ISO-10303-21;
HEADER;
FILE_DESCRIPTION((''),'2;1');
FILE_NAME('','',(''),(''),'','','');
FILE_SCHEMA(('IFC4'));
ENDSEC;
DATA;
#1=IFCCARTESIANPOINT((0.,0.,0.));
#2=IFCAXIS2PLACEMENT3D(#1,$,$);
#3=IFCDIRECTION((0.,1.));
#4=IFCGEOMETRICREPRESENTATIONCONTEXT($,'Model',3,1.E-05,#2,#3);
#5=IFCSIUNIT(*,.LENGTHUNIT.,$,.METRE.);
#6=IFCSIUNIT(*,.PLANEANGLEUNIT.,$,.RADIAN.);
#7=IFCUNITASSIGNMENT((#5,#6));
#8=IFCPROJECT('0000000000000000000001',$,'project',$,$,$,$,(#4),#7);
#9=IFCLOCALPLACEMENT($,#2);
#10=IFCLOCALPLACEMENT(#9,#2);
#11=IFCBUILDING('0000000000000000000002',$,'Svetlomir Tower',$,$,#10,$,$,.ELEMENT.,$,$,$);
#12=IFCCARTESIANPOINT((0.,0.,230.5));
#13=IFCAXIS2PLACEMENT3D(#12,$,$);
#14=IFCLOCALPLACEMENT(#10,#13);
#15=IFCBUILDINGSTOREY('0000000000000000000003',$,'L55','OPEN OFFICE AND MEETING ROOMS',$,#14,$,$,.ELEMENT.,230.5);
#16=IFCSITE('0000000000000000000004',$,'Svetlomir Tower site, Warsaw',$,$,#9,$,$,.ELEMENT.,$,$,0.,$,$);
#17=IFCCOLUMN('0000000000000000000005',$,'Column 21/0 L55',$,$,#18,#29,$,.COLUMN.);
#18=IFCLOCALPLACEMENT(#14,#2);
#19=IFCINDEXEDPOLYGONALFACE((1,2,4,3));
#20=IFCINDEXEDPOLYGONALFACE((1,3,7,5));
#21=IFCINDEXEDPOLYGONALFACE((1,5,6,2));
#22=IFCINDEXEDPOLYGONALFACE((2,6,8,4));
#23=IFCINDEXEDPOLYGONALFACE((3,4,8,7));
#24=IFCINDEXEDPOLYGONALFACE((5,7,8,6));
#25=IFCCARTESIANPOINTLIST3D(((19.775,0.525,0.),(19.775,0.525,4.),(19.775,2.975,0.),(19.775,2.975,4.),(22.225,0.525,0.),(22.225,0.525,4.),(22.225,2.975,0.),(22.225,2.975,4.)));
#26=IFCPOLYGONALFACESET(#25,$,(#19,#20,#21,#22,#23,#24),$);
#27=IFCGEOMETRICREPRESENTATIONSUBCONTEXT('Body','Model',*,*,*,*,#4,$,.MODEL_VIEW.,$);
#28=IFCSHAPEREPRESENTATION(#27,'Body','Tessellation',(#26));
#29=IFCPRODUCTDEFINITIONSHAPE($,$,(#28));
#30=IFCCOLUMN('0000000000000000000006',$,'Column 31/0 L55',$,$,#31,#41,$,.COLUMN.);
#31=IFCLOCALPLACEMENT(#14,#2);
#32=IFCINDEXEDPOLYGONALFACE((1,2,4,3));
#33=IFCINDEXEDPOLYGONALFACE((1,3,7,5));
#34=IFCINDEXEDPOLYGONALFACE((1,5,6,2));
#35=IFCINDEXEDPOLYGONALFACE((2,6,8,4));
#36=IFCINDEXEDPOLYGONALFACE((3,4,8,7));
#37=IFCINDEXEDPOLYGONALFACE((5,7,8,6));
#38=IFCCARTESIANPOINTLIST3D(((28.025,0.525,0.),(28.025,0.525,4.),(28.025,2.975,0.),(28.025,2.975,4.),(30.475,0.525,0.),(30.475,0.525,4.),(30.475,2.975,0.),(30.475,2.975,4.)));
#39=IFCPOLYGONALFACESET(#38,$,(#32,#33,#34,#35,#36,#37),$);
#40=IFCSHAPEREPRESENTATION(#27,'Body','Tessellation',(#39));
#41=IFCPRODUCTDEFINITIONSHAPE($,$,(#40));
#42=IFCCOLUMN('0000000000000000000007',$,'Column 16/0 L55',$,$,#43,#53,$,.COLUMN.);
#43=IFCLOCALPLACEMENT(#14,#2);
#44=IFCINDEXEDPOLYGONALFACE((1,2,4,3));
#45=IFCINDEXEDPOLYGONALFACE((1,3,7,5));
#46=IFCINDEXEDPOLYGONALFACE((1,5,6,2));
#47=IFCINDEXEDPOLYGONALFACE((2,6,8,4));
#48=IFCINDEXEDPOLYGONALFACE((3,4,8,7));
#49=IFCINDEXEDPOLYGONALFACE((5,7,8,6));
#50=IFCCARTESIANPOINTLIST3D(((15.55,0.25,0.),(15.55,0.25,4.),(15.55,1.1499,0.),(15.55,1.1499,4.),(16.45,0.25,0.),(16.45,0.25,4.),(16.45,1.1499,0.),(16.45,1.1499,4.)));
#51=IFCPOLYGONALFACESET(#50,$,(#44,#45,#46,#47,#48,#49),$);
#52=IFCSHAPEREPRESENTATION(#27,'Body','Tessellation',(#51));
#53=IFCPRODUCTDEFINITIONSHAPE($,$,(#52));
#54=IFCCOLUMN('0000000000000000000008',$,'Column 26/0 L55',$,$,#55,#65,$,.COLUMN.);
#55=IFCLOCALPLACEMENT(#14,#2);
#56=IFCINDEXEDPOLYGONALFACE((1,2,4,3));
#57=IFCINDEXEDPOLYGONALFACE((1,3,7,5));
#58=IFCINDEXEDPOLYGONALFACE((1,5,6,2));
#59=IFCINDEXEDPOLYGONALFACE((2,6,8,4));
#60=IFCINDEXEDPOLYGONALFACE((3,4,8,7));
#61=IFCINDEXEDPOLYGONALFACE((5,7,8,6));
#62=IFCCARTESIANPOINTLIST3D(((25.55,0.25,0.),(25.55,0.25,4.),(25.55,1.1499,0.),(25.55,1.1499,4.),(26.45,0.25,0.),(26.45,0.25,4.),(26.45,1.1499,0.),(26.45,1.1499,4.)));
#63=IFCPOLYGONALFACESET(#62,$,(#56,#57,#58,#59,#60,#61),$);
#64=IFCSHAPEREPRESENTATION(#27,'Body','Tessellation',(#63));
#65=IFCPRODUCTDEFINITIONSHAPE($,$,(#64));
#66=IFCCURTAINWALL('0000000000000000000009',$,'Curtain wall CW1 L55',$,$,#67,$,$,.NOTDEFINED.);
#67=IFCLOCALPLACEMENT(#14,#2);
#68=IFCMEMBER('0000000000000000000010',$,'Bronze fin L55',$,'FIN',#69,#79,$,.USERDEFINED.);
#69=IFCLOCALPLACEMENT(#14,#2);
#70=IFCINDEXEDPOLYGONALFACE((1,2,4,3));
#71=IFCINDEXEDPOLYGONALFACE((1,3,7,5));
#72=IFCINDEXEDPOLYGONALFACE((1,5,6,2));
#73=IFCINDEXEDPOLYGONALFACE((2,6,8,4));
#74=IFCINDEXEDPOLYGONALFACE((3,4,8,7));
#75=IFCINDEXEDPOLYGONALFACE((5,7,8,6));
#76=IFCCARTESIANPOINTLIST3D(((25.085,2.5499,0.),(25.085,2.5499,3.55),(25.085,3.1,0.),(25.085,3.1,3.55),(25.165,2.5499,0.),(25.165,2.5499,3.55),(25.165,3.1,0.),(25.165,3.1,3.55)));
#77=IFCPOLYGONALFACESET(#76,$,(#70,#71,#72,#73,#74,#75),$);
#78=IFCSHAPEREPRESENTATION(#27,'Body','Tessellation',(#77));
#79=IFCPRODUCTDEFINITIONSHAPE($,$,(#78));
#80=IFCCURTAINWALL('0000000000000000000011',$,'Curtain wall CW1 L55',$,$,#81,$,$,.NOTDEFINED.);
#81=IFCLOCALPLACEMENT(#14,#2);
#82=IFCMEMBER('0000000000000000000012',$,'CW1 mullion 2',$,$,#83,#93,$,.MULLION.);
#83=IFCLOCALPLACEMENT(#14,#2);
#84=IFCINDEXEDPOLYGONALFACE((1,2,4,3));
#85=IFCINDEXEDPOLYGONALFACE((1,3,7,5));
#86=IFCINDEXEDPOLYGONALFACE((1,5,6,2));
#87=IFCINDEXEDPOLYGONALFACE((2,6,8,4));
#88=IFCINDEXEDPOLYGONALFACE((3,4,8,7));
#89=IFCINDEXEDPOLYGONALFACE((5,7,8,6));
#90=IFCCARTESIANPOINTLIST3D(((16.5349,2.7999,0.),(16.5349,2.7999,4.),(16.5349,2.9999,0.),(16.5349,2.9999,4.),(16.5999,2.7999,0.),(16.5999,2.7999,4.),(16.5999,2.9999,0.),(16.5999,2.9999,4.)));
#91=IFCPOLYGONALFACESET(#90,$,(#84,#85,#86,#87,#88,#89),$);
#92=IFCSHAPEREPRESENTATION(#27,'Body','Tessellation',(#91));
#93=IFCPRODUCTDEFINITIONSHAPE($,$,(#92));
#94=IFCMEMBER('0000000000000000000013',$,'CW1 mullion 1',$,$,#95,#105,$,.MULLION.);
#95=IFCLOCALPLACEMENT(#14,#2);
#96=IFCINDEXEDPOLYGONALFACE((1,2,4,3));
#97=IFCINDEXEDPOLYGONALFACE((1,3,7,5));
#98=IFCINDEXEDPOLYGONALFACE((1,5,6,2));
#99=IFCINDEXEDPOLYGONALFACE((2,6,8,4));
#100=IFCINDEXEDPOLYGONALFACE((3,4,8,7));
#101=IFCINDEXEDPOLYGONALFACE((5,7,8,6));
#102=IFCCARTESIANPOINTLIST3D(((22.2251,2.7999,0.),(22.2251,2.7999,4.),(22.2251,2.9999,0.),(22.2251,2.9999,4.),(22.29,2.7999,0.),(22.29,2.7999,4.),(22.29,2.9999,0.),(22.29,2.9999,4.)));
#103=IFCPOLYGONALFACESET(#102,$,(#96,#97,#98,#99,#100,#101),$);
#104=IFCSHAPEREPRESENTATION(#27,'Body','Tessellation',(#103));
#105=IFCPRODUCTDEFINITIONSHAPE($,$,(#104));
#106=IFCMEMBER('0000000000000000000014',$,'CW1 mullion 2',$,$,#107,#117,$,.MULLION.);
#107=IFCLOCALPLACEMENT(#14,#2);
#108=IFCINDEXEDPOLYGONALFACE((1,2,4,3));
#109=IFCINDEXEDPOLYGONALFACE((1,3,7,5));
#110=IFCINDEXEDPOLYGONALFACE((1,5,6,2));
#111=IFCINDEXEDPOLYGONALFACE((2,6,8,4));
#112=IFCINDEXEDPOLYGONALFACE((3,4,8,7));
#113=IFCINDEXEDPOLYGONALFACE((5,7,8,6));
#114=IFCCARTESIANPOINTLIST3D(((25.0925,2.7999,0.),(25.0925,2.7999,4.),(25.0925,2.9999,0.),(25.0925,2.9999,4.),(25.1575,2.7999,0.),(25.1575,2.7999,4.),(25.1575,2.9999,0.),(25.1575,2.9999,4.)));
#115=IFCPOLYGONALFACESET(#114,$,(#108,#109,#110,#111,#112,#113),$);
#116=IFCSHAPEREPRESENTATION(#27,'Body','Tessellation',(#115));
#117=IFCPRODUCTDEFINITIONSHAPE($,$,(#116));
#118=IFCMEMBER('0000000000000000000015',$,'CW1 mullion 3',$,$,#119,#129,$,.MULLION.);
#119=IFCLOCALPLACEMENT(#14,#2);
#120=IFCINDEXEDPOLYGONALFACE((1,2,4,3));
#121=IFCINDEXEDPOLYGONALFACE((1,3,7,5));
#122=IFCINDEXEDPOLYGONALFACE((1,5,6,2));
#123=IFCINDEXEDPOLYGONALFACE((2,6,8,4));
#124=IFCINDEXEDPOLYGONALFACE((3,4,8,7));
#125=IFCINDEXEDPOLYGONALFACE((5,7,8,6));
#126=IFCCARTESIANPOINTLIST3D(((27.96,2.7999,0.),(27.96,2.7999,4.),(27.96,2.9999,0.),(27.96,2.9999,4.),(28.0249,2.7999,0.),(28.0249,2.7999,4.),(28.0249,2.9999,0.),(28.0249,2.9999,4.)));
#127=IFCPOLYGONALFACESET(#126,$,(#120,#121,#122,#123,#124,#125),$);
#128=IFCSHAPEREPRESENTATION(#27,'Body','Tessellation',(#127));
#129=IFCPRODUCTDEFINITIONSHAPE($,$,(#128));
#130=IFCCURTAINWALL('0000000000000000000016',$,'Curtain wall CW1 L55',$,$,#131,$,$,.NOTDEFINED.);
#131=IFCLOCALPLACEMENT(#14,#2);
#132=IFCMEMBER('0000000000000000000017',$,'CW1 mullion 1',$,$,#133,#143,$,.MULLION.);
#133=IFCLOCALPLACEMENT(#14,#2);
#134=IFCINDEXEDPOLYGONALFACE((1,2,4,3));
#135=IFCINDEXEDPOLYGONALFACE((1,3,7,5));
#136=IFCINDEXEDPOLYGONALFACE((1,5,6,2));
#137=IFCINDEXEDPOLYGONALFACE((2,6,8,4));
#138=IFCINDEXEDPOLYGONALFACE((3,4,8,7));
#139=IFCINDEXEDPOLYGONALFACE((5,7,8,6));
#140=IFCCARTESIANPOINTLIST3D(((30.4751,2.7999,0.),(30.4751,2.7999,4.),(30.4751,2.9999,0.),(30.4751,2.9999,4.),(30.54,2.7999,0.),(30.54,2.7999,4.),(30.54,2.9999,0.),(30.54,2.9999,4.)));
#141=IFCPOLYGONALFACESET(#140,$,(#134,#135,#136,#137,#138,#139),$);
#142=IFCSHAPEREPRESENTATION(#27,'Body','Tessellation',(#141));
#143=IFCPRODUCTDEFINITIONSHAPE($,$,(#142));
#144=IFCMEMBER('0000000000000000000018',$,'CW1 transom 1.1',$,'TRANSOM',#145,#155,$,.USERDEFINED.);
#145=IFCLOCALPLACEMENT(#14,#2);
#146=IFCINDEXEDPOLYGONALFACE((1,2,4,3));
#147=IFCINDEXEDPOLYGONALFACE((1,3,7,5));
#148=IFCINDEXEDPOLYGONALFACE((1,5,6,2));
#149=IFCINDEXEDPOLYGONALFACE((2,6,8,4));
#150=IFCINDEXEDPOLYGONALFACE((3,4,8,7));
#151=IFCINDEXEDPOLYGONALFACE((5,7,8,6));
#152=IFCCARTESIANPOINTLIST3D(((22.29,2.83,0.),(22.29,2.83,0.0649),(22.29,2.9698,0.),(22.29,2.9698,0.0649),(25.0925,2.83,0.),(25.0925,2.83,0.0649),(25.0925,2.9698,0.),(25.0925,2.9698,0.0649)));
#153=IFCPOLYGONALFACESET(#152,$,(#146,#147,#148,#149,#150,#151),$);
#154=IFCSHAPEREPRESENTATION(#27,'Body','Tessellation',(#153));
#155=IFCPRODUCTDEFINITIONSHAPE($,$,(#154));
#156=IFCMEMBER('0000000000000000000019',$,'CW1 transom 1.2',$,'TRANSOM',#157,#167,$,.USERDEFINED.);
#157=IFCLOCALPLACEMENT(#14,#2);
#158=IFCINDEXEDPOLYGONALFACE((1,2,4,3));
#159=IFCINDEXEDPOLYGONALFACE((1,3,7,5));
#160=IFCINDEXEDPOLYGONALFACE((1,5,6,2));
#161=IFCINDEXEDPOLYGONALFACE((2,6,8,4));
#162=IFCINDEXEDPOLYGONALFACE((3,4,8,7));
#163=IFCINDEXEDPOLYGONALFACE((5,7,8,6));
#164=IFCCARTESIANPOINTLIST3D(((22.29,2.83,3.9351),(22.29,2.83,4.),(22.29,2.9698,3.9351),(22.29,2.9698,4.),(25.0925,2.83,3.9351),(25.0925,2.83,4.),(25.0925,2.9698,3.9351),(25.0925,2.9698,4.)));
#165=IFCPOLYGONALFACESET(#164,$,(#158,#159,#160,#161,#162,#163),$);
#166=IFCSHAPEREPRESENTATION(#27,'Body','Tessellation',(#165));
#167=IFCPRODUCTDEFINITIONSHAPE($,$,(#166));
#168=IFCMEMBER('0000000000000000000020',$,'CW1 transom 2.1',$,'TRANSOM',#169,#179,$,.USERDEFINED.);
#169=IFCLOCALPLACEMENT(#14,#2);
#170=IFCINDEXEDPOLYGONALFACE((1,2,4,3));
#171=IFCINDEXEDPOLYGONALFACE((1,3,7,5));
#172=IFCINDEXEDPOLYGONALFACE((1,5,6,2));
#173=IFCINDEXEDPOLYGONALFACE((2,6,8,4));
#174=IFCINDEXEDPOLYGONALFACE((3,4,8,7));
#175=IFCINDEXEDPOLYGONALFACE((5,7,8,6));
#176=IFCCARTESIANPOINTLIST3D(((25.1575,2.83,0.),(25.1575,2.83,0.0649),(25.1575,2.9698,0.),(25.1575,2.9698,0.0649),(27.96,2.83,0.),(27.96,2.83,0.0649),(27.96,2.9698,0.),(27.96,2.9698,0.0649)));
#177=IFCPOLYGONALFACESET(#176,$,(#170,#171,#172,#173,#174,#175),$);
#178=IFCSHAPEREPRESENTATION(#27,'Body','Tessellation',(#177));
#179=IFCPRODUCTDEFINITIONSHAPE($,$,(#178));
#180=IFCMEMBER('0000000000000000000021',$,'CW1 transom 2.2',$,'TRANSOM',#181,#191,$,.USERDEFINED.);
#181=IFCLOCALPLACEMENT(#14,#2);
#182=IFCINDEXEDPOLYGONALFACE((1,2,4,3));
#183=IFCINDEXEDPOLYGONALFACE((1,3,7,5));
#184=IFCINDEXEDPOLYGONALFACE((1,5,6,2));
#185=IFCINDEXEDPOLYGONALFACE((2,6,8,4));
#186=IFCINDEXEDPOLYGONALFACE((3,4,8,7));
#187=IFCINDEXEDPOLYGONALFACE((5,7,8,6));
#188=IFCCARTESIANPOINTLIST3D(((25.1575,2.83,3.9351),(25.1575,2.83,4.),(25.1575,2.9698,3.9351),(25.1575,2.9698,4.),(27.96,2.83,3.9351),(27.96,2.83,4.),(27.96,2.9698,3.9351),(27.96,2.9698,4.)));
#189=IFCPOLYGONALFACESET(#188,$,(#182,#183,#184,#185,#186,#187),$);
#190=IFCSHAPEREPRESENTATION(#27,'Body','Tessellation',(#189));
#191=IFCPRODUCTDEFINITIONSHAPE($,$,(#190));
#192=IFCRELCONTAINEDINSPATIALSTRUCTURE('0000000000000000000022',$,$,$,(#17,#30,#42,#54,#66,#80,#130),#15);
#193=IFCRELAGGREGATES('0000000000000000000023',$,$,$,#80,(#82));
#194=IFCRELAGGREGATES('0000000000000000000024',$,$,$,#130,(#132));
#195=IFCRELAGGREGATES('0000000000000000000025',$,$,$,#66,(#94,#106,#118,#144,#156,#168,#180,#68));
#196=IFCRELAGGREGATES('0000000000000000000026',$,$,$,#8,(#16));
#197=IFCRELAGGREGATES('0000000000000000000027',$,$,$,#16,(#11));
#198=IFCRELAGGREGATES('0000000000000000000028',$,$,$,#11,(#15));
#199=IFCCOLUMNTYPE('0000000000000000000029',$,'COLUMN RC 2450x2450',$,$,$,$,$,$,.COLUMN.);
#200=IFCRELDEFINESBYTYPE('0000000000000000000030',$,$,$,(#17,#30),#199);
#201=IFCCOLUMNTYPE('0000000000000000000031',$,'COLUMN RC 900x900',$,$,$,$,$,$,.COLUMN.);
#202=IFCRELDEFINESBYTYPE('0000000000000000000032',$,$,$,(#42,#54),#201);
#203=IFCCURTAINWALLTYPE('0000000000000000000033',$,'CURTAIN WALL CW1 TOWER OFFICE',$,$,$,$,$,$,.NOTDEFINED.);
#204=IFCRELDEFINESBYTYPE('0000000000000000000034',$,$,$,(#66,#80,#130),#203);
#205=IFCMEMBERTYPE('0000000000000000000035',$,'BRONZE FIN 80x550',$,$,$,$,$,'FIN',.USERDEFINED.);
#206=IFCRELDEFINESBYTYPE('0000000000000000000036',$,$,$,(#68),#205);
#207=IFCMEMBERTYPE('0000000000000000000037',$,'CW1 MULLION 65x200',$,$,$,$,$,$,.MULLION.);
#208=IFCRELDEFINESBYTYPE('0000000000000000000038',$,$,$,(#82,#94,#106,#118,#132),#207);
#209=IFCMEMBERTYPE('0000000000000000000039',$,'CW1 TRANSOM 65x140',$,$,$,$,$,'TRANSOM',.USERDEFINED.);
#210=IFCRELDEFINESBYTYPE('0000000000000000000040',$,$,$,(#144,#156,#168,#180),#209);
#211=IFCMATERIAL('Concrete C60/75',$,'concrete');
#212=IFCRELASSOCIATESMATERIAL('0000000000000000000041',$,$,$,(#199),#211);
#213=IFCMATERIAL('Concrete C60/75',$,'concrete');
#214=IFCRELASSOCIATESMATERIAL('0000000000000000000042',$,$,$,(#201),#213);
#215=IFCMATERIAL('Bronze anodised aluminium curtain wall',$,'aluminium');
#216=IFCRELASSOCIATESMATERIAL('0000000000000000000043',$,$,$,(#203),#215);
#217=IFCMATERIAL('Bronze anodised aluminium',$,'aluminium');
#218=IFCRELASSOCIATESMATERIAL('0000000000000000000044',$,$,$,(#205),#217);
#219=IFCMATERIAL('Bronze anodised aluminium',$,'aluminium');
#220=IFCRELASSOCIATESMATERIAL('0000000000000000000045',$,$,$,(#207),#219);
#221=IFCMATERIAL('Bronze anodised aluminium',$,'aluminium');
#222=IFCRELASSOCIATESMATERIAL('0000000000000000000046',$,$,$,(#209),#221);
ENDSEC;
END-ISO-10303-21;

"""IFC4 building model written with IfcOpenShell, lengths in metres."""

from ifc_helpers import new_model, si_unit, direction, frame, origin, origin_2d, place, context, subcontext, project, spatial, rectangle, extrude, material, material_profile, profile_set, type_object, element, aggregate, save


model = new_model("IFC4")

# Units and contexts
model_context = context("Model", 3, precision=1e-05, world=origin(), true_north=direction((0.0, 1.0)))
body_context = subcontext(model_context, "Body", "Model", "MODEL_VIEW")
ifc_project = project(units=[si_unit("LENGTHUNIT", "METRE"), si_unit("PLANEANGLEUNIT", "RADIAN")], contexts=[model_context])

# Site, building, storey
site_placement = place(None, origin())
site = spatial("IfcSite", under=ifc_project, at=site_placement, Name="Svetlomir Tower site, Warsaw", CompositionType="ELEMENT", RefElevation=0.0)
building_placement = place(site_placement, origin())
building = spatial("IfcBuilding", under=site, at=building_placement, Name="Svetlomir Tower", CompositionType="ELEMENT")
storey_placement = place(building_placement, frame((0.0, 0.0, 230.5)))
storey = spatial("IfcBuildingStorey", under=building, at=storey_placement, Name="L55", Description="OPEN OFFICE AND MEETING ROOMS", CompositionType="ELEMENT", Elevation=230.5)

# Columns
ifc_material_1 = material(Name="Concrete C60/75", Category="concrete")
ifc_material_profile_1 = material_profile(ifc_material_1, rectangle(XDim=2.45, YDim=2.45, at=origin_2d()), Name="RC 2450x2450")
ifc_profile_set_1 = profile_set([ifc_material_profile_1], Name="Concrete C60/75")
column_type_1 = type_object("IfcColumnType", Name="COLUMN RC 2450x2450", PredefinedType="COLUMN", material=ifc_profile_set_1)
for number, where, z_axis, x_axis, name in (
    (1, (21.0, 1.75, 0.0), (0.0, 0.0, 1.0), (1.0, 0.0, 0.0), "Column 21/0 L55"),
    (2, (29.25, 1.75, 0.0), (0.0, 0.0, 1.0), (1.0, 0.0, 0.0), "Column 31/0 L55"),
):
    element("IfcColumn", number, at=place(storey_placement, frame(where, z_axis=z_axis, x_axis=x_axis)), inside=storey, type_object=column_type_1, Name=name, PredefinedType="COLUMN", context=body_context, shape_type="SweptSolid", body=[
        extrude(rectangle(XDim=2.45, YDim=2.45, at=origin_2d()), origin(), (0.0, 0.0, 1.0), 4.0),
    ])
ifc_material_2 = material(Name="Concrete C60/75", Category="concrete")
ifc_material_profile_2 = material_profile(ifc_material_2, rectangle(XDim=0.8999, YDim=0.8999, at=origin_2d()), Name="RC 900x900")
ifc_profile_set_2 = profile_set([ifc_material_profile_2], Name="Concrete C60/75")
column_type_2 = type_object("IfcColumnType", Name="COLUMN RC 900x900", PredefinedType="COLUMN", material=ifc_profile_set_2)
for number, where, z_axis, x_axis, name in (
    (3, (16.0, 0.7, 0.0), (0.0, 0.0, 1.0), (1.0, 0.0, 0.0), "Column 16/0 L55"),
    (4, (26.0, 0.7, 0.0), (0.0, 0.0, 1.0), (1.0, 0.0, 0.0), "Column 26/0 L55"),
):
    element("IfcColumn", number, at=place(storey_placement, frame(where, z_axis=z_axis, x_axis=x_axis)), inside=storey, type_object=column_type_2, Name=name, PredefinedType="COLUMN", context=body_context, shape_type="SweptSolid", body=[
        extrude(rectangle(XDim=0.8999, YDim=0.8999, at=origin_2d()), origin(), (0.0, 0.0, 1.0), 4.0),
    ])

# Curtain walls, members
ifc_material_3 = material(Name="Bronze anodised aluminium curtain wall", Category="aluminium")
curtain_wall_type = type_object("IfcCurtainWallType", Name="CURTAIN WALL CW1 TOWER OFFICE", PredefinedType="NOTDEFINED", material=ifc_material_3)
curtain_wall_1_placement = place(storey_placement, origin())
curtain_wall_1 = element("IfcCurtainWall", 5, at=curtain_wall_1_placement, inside=storey, type_object=curtain_wall_type, Name="Curtain wall CW1 L55", PredefinedType="NOTDEFINED")
ifc_material_4 = material(Name="Bronze anodised aluminium", Category="aluminium")
ifc_material_profile_3 = material_profile(ifc_material_4, rectangle(XDim=0.0801, YDim=0.55, at=origin_2d()), Name="FIN 80x550")
ifc_profile_set_3 = profile_set([ifc_material_profile_3], Name="Bronze anodised aluminium 6063-T6")
member_type_1 = type_object("IfcMemberType", Name="BRONZE FIN 80x550", ElementType="FIN", PredefinedType="USERDEFINED", material=ifc_profile_set_3)
member_1_placement = place(storey_placement, frame((25.125, 2.825, 0.0), z_axis=(0.0, 0.0, 1.0), x_axis=(1.0, 0.0, 0.0)))
member_1 = element("IfcMember", 6, at=member_1_placement, type_object=member_type_1, Name="Bronze fin L55", ObjectType="FIN", PredefinedType="USERDEFINED", context=body_context, shape_type="SweptSolid", body=[
    extrude(rectangle(XDim=0.0801, YDim=0.55, at=origin_2d()), origin(), (0.0, 0.0, 1.0), 3.55),
])
curtain_wall_2_placement = place(storey_placement, origin())
curtain_wall_2 = element("IfcCurtainWall", 7, at=curtain_wall_2_placement, inside=storey, type_object=curtain_wall_type, Name="Curtain wall CW1 L55", PredefinedType="NOTDEFINED")
ifc_material_5 = material(Name="Bronze anodised aluminium", Category="aluminium")
ifc_material_profile_4 = material_profile(ifc_material_5, rectangle(XDim=0.0649, YDim=0.2, at=origin_2d()), Name="AL 65x200")
ifc_profile_set_4 = profile_set([ifc_material_profile_4], Name="Bronze anodised aluminium 6063-T6")
member_type_2 = type_object("IfcMemberType", Name="CW1 MULLION 65x200", PredefinedType="MULLION", material=ifc_profile_set_4)
member_2_placement = place(storey_placement, frame((16.5674, 2.8999, 0.0), z_axis=(0.0, 0.0, 1.0), x_axis=(1.0, 0.0, 0.0)))
member_2 = element("IfcMember", 8, at=member_2_placement, type_object=member_type_2, Name="CW1 mullion 2", PredefinedType="MULLION", context=body_context, shape_type="SweptSolid", body=[
    extrude(rectangle(XDim=0.0649, YDim=0.2, at=origin_2d()), origin(), (0.0, 0.0, 1.0), 4.0),
])
aggregate(curtain_wall_2, [member_2])

# Members
member_3_placement = place(storey_placement, frame((22.2576, 2.8999, 0.0), z_axis=(0.0, 0.0, 1.0), x_axis=(1.0, 0.0, 0.0)))
member_3 = element("IfcMember", 9, at=member_3_placement, type_object=member_type_2, Name="CW1 mullion 1", PredefinedType="MULLION", context=body_context, shape_type="SweptSolid", body=[
    extrude(rectangle(XDim=0.0649, YDim=0.2, at=origin_2d()), origin(), (0.0, 0.0, 1.0), 4.0),
])
member_4_placement = place(storey_placement, frame((25.125, 2.8999, 0.0), z_axis=(0.0, 0.0, 1.0), x_axis=(1.0, 0.0, 0.0)))
member_4 = element("IfcMember", 10, at=member_4_placement, type_object=member_type_2, Name="CW1 mullion 2", PredefinedType="MULLION", context=body_context, shape_type="SweptSolid", body=[
    extrude(rectangle(XDim=0.0649, YDim=0.2, at=origin_2d()), origin(), (0.0, 0.0, 1.0), 4.0),
])
member_5_placement = place(storey_placement, frame((27.9924, 2.8999, 0.0), z_axis=(0.0, 0.0, 1.0), x_axis=(1.0, 0.0, 0.0)))
member_5 = element("IfcMember", 11, at=member_5_placement, type_object=member_type_2, Name="CW1 mullion 3", PredefinedType="MULLION", context=body_context, shape_type="SweptSolid", body=[
    extrude(rectangle(XDim=0.0649, YDim=0.2, at=origin_2d()), origin(), (0.0, 0.0, 1.0), 4.0),
])

# Curtain wall, member
curtain_wall_3_placement = place(storey_placement, origin())
curtain_wall_3 = element("IfcCurtainWall", 12, at=curtain_wall_3_placement, inside=storey, type_object=curtain_wall_type, Name="Curtain wall CW1 L55", PredefinedType="NOTDEFINED")
member_6_placement = place(storey_placement, frame((30.5076, 2.8999, 0.0), z_axis=(0.0, 0.0, 1.0), x_axis=(1.0, 0.0, 0.0)))
member_6 = element("IfcMember", 13, at=member_6_placement, type_object=member_type_2, Name="CW1 mullion 1", PredefinedType="MULLION", context=body_context, shape_type="SweptSolid", body=[
    extrude(rectangle(XDim=0.0649, YDim=0.2, at=origin_2d()), origin(), (0.0, 0.0, 1.0), 4.0),
])

# Members
ifc_material_6 = material(Name="Bronze anodised aluminium", Category="aluminium")
ifc_material_profile_5 = material_profile(ifc_material_6, rectangle(XDim=0.1399, YDim=0.0649, at=origin_2d()), Name="AL 140x65")
ifc_profile_set_5 = profile_set([ifc_material_profile_5], Name="Bronze anodised aluminium 6063-T6")
member_type_3 = type_object("IfcMemberType", Name="CW1 TRANSOM 65x140", ElementType="TRANSOM", PredefinedType="USERDEFINED", material=ifc_profile_set_5)
member_7_placement = place(storey_placement, frame((22.29, 2.8999, 0.0325), z_axis=(1.0, 0.0, 0.0), x_axis=(0.0, 1.0, 0.0)))
member_7 = element("IfcMember", 14, at=member_7_placement, type_object=member_type_3, Name="CW1 transom 1.1", ObjectType="TRANSOM", PredefinedType="USERDEFINED", context=body_context, shape_type="SweptSolid", body=[
    extrude(rectangle(XDim=0.1399, YDim=0.0649, at=origin_2d()), origin(), (0.0, 0.0, 1.0), 2.8025),
])
member_8_placement = place(storey_placement, frame((22.29, 2.8999, 3.9675), z_axis=(1.0, 0.0, 0.0), x_axis=(0.0, 1.0, 0.0)))
member_8 = element("IfcMember", 15, at=member_8_placement, type_object=member_type_3, Name="CW1 transom 1.2", ObjectType="TRANSOM", PredefinedType="USERDEFINED", context=body_context, shape_type="SweptSolid", body=[
    extrude(rectangle(XDim=0.1399, YDim=0.0649, at=origin_2d()), origin(), (0.0, 0.0, 1.0), 2.8025),
])
member_9_placement = place(storey_placement, frame((25.1575, 2.8999, 0.0325), z_axis=(1.0, 0.0, 0.0), x_axis=(0.0, 1.0, 0.0)))
member_9 = element("IfcMember", 16, at=member_9_placement, type_object=member_type_3, Name="CW1 transom 2.1", ObjectType="TRANSOM", PredefinedType="USERDEFINED", context=body_context, shape_type="SweptSolid", body=[
    extrude(rectangle(XDim=0.1399, YDim=0.0649, at=origin_2d()), origin(), (0.0, 0.0, 1.0), 2.8025),
])
member_10_placement = place(storey_placement, frame((25.1575, 2.8999, 3.9675), z_axis=(1.0, 0.0, 0.0), x_axis=(0.0, 1.0, 0.0)))
member_10 = element("IfcMember", 17, at=member_10_placement, type_object=member_type_3, Name="CW1 transom 2.2", ObjectType="TRANSOM", PredefinedType="USERDEFINED", context=body_context, shape_type="SweptSolid", body=[
    extrude(rectangle(XDim=0.1399, YDim=0.0649, at=origin_2d()), origin(), (0.0, 0.0, 1.0), 2.8025),
])
aggregate(curtain_wall_3, [member_6])

aggregate(curtain_wall_1, [member_3, member_4, member_5, member_7, member_8, member_9, member_10, member_1])

save(model, "model.ifc")
